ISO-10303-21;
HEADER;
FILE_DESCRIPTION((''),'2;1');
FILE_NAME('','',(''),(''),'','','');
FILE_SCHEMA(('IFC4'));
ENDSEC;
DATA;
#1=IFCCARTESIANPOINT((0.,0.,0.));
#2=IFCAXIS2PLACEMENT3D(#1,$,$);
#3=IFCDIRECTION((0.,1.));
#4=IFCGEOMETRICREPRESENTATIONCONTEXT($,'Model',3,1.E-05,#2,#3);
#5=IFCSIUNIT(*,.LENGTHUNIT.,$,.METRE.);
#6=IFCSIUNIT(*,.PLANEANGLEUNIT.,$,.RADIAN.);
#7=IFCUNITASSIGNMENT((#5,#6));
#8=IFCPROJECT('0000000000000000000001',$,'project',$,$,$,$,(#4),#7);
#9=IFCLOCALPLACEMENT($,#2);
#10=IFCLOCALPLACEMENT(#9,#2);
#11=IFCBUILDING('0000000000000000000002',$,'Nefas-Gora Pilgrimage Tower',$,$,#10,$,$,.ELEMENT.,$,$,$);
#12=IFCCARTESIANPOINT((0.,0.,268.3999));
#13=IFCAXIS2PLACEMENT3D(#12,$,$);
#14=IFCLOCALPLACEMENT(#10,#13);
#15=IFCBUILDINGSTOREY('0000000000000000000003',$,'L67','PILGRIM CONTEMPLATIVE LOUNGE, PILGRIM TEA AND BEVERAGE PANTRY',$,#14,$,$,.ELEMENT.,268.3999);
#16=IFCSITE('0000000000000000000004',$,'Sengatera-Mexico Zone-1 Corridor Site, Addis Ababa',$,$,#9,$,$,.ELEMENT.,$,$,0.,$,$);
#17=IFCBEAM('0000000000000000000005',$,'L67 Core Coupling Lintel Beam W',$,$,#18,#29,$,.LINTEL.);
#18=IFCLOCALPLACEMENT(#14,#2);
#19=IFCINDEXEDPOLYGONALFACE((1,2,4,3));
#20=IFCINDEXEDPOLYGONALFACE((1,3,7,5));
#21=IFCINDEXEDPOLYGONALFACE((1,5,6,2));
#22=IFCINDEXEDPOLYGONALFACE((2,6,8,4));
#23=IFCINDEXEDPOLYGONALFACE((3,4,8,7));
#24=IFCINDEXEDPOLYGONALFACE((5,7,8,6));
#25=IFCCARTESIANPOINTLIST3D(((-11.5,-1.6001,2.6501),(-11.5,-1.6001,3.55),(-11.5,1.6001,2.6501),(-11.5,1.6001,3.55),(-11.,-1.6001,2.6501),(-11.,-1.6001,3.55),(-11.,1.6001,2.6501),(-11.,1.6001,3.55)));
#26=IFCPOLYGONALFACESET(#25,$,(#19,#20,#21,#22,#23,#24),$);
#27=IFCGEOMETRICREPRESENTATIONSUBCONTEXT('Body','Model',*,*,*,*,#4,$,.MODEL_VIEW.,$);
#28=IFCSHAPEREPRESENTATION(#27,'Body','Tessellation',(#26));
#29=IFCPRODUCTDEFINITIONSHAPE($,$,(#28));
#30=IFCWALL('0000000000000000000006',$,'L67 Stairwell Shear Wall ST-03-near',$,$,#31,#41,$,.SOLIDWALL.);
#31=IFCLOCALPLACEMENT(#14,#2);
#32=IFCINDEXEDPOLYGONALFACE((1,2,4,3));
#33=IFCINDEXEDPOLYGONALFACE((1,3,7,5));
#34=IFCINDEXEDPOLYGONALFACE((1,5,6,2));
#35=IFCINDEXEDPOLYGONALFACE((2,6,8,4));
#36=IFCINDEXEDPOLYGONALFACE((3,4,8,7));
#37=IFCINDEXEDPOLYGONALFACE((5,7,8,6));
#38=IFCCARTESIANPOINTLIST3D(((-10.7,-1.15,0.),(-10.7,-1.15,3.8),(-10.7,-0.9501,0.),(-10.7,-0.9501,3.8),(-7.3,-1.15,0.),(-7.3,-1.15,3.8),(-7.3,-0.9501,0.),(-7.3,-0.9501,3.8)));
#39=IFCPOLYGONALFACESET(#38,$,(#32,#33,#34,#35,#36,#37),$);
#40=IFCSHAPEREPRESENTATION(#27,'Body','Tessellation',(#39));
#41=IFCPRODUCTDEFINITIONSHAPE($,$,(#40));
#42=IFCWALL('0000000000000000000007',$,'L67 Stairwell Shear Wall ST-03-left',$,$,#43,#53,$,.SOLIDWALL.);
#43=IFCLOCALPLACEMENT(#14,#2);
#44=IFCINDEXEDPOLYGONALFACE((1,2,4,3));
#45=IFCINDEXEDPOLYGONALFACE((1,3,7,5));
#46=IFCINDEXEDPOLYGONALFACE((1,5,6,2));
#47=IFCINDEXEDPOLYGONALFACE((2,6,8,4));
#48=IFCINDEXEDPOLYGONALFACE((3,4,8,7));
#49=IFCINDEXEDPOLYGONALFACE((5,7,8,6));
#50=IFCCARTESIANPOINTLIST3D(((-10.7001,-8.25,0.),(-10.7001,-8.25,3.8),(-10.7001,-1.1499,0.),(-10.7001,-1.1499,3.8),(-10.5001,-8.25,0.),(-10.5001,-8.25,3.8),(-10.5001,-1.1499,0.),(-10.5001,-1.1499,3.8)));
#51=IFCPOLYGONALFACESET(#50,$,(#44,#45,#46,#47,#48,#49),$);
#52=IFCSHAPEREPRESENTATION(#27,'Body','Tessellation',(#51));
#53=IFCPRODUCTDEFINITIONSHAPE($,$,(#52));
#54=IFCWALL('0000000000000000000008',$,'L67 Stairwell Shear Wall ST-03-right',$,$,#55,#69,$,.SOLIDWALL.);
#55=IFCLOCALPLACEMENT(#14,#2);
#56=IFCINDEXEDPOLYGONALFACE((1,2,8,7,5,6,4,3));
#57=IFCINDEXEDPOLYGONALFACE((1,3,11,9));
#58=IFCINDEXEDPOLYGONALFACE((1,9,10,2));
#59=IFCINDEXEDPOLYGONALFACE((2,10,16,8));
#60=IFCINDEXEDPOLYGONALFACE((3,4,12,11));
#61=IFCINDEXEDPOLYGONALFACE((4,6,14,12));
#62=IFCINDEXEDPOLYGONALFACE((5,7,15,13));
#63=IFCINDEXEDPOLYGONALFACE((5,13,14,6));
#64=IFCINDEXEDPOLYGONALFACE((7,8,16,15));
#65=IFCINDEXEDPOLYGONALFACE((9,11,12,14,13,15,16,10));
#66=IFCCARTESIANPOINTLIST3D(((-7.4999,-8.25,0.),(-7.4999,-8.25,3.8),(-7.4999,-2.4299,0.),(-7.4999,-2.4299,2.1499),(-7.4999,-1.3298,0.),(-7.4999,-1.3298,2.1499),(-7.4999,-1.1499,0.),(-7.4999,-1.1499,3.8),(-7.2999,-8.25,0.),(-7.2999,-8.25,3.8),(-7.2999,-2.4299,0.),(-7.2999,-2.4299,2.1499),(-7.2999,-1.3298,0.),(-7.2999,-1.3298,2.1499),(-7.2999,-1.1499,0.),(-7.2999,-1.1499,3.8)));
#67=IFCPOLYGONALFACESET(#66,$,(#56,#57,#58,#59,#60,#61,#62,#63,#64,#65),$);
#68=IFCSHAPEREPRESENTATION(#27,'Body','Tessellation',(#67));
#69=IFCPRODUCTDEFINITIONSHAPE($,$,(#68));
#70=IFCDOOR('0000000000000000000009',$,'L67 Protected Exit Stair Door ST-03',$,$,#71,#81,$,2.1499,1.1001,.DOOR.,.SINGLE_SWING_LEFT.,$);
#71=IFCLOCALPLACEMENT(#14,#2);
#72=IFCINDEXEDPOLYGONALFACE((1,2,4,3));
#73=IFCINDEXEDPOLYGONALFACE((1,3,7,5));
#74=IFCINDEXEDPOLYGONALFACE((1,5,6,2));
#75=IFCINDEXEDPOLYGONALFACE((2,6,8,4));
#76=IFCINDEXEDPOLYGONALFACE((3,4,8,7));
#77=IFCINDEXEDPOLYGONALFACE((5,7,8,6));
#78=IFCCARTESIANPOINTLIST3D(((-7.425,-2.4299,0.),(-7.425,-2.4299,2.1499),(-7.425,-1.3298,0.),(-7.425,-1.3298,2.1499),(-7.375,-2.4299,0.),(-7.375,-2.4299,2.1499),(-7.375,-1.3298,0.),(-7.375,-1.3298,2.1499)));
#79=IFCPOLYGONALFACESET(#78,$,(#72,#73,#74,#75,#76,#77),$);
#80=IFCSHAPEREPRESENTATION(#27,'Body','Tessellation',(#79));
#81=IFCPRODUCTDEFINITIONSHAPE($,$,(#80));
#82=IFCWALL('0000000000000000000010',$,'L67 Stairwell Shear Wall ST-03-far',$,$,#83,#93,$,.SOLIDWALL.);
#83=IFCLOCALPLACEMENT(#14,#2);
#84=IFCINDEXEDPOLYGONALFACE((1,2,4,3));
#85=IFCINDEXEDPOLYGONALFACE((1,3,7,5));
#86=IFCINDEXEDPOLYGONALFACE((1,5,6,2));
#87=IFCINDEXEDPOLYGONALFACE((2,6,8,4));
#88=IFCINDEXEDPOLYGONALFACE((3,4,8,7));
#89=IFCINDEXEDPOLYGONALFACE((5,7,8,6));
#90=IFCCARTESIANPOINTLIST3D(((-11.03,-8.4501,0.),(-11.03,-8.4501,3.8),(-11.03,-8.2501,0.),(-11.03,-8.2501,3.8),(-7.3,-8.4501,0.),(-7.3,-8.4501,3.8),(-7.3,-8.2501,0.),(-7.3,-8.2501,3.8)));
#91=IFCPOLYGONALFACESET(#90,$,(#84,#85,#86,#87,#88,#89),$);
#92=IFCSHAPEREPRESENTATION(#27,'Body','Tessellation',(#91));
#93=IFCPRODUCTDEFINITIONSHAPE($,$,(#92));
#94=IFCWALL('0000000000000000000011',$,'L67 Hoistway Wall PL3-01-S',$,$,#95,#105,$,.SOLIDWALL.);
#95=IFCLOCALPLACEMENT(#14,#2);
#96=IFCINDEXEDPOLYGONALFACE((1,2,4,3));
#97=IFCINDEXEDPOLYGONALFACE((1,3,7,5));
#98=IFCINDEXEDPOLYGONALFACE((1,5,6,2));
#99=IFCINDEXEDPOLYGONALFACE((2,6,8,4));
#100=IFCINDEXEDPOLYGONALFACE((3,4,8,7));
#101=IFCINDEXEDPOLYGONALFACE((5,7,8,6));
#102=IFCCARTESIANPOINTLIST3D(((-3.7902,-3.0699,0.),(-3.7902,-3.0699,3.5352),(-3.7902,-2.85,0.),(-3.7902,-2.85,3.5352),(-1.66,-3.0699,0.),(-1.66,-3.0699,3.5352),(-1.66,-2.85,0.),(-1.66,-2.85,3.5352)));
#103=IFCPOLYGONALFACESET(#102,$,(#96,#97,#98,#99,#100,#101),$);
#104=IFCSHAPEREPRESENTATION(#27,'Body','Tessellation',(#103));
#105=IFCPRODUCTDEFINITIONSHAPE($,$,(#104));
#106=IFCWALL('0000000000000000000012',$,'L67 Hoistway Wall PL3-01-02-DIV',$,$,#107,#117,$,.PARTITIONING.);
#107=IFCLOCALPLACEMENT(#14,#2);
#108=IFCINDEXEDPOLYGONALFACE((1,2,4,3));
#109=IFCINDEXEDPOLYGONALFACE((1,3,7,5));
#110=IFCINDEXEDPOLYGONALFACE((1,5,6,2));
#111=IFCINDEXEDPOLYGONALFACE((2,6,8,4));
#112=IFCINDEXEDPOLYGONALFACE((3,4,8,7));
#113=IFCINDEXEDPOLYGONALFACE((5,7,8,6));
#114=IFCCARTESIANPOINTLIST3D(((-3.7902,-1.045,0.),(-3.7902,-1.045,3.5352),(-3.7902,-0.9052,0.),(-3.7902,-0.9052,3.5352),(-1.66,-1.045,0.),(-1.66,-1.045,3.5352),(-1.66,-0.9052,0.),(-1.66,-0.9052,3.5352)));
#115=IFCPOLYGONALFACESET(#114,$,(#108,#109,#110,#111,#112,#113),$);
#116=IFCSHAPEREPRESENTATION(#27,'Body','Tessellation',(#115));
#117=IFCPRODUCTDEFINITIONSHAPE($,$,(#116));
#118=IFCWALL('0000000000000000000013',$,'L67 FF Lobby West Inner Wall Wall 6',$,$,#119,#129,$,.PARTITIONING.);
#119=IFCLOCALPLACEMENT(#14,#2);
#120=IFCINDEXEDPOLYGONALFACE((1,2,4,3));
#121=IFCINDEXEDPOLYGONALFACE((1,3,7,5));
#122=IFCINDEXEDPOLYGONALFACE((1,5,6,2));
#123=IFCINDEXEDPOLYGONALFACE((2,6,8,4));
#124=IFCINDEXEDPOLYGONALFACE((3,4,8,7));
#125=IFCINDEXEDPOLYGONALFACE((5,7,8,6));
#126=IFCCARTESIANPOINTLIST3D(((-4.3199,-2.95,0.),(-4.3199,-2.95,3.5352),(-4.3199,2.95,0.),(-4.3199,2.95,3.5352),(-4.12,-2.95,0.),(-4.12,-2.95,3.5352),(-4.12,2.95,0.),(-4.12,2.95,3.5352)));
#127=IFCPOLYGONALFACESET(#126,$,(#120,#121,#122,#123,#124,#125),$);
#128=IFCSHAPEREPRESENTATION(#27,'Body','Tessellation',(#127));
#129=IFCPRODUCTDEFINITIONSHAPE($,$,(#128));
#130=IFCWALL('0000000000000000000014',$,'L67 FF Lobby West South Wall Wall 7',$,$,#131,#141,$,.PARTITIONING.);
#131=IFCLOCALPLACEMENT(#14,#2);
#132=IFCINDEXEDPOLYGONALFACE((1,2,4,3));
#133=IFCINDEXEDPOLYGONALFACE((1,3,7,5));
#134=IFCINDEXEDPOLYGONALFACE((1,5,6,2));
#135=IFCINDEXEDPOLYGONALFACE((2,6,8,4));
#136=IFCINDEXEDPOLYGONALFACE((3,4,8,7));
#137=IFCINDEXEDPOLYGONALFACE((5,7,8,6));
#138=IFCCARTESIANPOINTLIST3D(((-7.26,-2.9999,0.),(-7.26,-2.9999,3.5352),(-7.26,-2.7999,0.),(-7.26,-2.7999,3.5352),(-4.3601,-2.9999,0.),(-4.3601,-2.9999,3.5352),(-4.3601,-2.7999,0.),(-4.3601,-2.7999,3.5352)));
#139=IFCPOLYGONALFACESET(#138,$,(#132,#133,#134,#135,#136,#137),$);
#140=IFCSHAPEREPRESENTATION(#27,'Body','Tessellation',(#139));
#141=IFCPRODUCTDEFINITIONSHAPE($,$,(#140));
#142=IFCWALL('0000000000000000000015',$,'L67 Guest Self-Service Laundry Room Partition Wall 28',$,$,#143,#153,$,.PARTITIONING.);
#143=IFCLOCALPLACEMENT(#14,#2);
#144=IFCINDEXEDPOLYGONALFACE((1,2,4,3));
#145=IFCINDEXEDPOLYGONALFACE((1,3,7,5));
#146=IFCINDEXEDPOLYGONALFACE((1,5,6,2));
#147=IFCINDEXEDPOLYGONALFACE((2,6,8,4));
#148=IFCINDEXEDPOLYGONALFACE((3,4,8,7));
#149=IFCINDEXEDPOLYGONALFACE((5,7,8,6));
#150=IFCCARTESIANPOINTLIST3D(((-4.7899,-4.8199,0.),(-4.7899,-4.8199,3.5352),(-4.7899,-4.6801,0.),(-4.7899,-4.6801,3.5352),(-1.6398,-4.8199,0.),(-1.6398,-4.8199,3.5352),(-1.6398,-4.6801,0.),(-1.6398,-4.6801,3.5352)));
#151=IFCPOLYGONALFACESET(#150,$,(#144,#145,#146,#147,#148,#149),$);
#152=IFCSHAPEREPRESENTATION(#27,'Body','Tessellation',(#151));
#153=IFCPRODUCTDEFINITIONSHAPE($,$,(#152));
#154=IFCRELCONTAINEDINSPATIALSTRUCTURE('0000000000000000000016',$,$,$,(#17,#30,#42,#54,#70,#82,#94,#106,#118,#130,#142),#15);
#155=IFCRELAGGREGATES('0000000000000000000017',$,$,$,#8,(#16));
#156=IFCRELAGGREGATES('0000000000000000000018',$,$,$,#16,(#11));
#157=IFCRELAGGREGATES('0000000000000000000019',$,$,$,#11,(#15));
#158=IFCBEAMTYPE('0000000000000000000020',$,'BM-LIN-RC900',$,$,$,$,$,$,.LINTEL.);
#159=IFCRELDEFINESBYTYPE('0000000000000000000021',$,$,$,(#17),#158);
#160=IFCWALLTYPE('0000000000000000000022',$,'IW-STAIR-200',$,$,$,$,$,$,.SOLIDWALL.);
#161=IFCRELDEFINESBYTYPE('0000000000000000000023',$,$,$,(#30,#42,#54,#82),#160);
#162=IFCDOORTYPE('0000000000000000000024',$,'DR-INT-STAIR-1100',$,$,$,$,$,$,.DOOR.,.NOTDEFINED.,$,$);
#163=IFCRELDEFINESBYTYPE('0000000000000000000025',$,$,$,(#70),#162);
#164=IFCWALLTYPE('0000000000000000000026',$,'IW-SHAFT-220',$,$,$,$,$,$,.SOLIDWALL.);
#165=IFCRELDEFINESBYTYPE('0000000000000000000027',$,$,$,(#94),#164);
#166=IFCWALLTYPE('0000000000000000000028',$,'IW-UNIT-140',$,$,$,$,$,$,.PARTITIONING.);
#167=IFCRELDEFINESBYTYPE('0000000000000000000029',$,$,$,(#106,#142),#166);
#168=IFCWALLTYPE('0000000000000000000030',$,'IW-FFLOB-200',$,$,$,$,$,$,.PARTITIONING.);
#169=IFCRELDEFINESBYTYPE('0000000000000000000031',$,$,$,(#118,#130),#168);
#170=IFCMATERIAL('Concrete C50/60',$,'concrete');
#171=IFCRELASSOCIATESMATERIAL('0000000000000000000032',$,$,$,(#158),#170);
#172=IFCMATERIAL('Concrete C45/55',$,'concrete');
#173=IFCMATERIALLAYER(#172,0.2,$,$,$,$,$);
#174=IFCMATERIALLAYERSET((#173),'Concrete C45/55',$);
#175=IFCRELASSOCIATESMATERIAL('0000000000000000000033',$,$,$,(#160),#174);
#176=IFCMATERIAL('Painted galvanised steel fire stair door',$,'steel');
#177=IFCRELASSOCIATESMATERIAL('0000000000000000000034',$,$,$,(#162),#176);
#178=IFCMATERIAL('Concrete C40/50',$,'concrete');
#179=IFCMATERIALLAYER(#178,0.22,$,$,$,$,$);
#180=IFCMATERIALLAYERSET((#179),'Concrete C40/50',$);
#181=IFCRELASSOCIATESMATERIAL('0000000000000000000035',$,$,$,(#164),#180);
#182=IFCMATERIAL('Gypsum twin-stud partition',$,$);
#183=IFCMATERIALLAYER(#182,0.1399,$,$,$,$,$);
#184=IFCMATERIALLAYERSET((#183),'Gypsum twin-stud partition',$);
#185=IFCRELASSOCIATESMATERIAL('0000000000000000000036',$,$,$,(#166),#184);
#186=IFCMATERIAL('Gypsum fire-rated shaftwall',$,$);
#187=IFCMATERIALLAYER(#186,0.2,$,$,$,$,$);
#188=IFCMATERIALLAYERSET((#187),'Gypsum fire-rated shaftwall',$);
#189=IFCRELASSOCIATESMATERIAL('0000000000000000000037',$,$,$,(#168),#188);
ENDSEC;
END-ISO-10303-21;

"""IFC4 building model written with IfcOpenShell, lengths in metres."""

from ifc_helpers import new_model, si_unit, direction, frame, frame_2d, origin, origin_2d, place, context, subcontext, project, spatial, rectangle, extrude, source, transform, mapped, material, layer, layer_set, material_profile, profile_set, type_object, element, fill, save


model = new_model("IFC4")

# Units and contexts
model_context = context("Model", 3, precision=1e-05, world=origin(), true_north=direction((0.0, 1.0)))
body_context = subcontext(model_context, "Body", "Model", "MODEL_VIEW")
ifc_project = project(units=[si_unit("LENGTHUNIT", "METRE"), si_unit("PLANEANGLEUNIT", "RADIAN")], contexts=[model_context])

# Site, building, storey
site_placement = place(None, origin())
site = spatial("IfcSite", under=ifc_project, at=site_placement, Name="Sengatera-Mexico Zone-1 Corridor Site, Addis Ababa", CompositionType="ELEMENT", RefElevation=0.0)
building_placement = place(site_placement, origin())
building = spatial("IfcBuilding", under=site, at=building_placement, Name="Nefas-Gora Pilgrimage Tower", CompositionType="ELEMENT")
storey_placement = place(building_placement, frame((0.0, 0.0, 268.3999)))
storey = spatial("IfcBuildingStorey", under=building, at=storey_placement, Name="L67", Description="PILGRIM CONTEMPLATIVE LOUNGE, PILGRIM TEA AND BEVERAGE PANTRY", CompositionType="ELEMENT", Elevation=268.3999)

# Beam
ifc_material_1 = material(Name="Concrete C50/60", Category="concrete")
ifc_material_profile = material_profile(ifc_material_1, rectangle(XDim=0.5, YDim=0.8999, at=origin_2d()), Name="RC 500x900")
ifc_profile_set = profile_set([ifc_material_profile], Name="Concrete C50/60")
beam_type = type_object("IfcBeamType", Name="BM-LIN-RC900", PredefinedType="LINTEL", material=ifc_profile_set)
shared_shape_1 = source(origin(), body_context, "Body", "SweptSolid", [
    extrude(rectangle(XDim=0.5, YDim=0.8999, at=origin_2d()), origin(), (0.0, 0.0, 1.0), 3.2002),
])
beam_placement = place(storey_placement, frame((-11.25, -1.6001, 3.1001), z_axis=(0.0, 1.0, 0.0), x_axis=(-1.0, 0.0, 0.0)))
element("IfcBeam", 1, at=beam_placement, inside=storey, type_object=beam_type, Name="L67 Core Coupling Lintel Beam W", PredefinedType="LINTEL", context=body_context, shape_type="MappedRepresentation", body=[
    mapped(shared_shape_1, transform((0.0, 0.0, 0.0), x_axis=(1.0, 0.0, 0.0), y_axis=(0.0, 1.0, 0.0), z_axis=(0.0, 0.0, 1.0), scale=1.0)),
])

# Walls
ifc_material_2 = material(Name="Concrete C45/55", Category="concrete")
ifc_layer_1 = layer(ifc_material_2, 0.2)
ifc_layer_set_1 = layer_set([ifc_layer_1], Name="Concrete C45/55")
wall_type_1 = type_object("IfcWallType", Name="IW-STAIR-200", PredefinedType="SOLIDWALL", material=ifc_layer_set_1)
shared_shape_2 = source(origin(), body_context, "Body", "SweptSolid", [
    extrude(rectangle(XDim=3.3999, YDim=0.2, at=frame_2d((1.7, 0.0))), origin(), (0.0, 0.0, 1.0), 3.8),
])
wall_1_placement = place(storey_placement, frame((-10.7, -1.05, 0.0), z_axis=(0.0, 0.0, 1.0), x_axis=(1.0, 0.0, 0.0)))
element("IfcWall", 2, at=wall_1_placement, inside=storey, type_object=wall_type_1, Name="L67 Stairwell Shear Wall ST-03-near", PredefinedType="SOLIDWALL", context=body_context, shape_type="MappedRepresentation", body=[
    mapped(shared_shape_2, transform((0.0, 0.0, 0.0), x_axis=(1.0, 0.0, 0.0), y_axis=(0.0, 1.0, 0.0), z_axis=(0.0, 0.0, 1.0), scale=1.0)),
])
shared_shape_3 = source(origin(), body_context, "Body", "SweptSolid", [
    extrude(rectangle(XDim=7.1001, YDim=0.2, at=frame_2d((3.55, 0.0))), origin(), (0.0, 0.0, 1.0), 3.8),
])
wall_2_placement = place(storey_placement, frame((-10.6001, -1.1499, 0.0), z_axis=(0.0, 0.0, 1.0), x_axis=(0.0, -1.0, 0.0)))
element("IfcWall", 3, at=wall_2_placement, inside=storey, type_object=wall_type_1, Name="L67 Stairwell Shear Wall ST-03-left", PredefinedType="SOLIDWALL", context=body_context, shape_type="MappedRepresentation", body=[
    mapped(shared_shape_3, transform((0.0, 0.0, 0.0), x_axis=(1.0, 0.0, 0.0), y_axis=(0.0, 1.0, 0.0), z_axis=(0.0, 0.0, 1.0), scale=1.0)),
])

# Wall, opening, door
wall_3_placement = place(storey_placement, frame((-7.3999, -1.1499, 0.0), z_axis=(0.0, 0.0, 1.0), x_axis=(0.0, -1.0, 0.0)))
wall_3 = element("IfcWall", 4, at=wall_3_placement, inside=storey, type_object=wall_type_1, Name="L67 Stairwell Shear Wall ST-03-right", PredefinedType="SOLIDWALL", context=body_context, shape_type="MappedRepresentation", body=[
    mapped(shared_shape_3, transform((0.0, 0.0, 0.0), x_axis=(1.0, 0.0, 0.0), y_axis=(0.0, 1.0, 0.0), z_axis=(0.0, 0.0, 1.0), scale=1.0)),
])
opening_placement = place(wall_3_placement, frame((0.1799, 0.0, 0.0)))
opening = element("IfcOpeningElement", 5, at=opening_placement, cuts=wall_3, PredefinedType="OPENING", context=body_context, shape_type="SweptSolid", body=[
    extrude(rectangle(XDim=1.1001, YDim=2.1499, at=frame_2d((0.55, 1.075))), frame((0.0, 0.1099, 0.0), z_axis=(0.0, -1.0, 0.0), x_axis=(1.0, 0.0, 0.0)), (0.0, 0.0, 1.0), 0.22),
])
ifc_material_3 = material(Name="Painted galvanised steel fire stair door", Category="steel")
door_type = type_object("IfcDoorType", Name="DR-INT-STAIR-1100", OperationType="NOTDEFINED", PredefinedType="DOOR", material=ifc_material_3)
shared_shape_4 = source(origin(), body_context, "Body", "SweptSolid", [
    extrude(rectangle(XDim=1.1001, YDim=2.1499, at=frame_2d((0.55, 1.075))), frame((0.0, 0.0249, 0.0), z_axis=(0.0, -1.0, 0.0), x_axis=(1.0, 0.0, 0.0)), (0.0, 0.0, 1.0), 0.05),
])
door_placement = place(opening_placement, origin())
door = element("IfcDoor", 6, at=door_placement, inside=storey, type_object=door_type, Name="L67 Protected Exit Stair Door ST-03", OperationType="SINGLE_SWING_LEFT", OverallHeight=2.1499, OverallWidth=1.1001, PredefinedType="DOOR", context=body_context, shape_type="MappedRepresentation", body=[
    mapped(shared_shape_4, transform((0.0, 0.0, 0.0), x_axis=(1.0, 0.0, 0.0), y_axis=(0.0, 1.0, 0.0), z_axis=(0.0, 0.0, 1.0), scale=1.0)),
])
fill(opening, door)

# Walls
shared_shape_5 = source(origin(), body_context, "Body", "SweptSolid", [
    extrude(rectangle(XDim=3.73, YDim=0.2, at=frame_2d((1.865, 0.0))), origin(), (0.0, 0.0, 1.0), 3.8),
])
wall_4_placement = place(storey_placement, frame((-11.03, -8.3501, 0.0), z_axis=(0.0, 0.0, 1.0), x_axis=(1.0, 0.0, 0.0)))
element("IfcWall", 7, at=wall_4_placement, inside=storey, type_object=wall_type_1, Name="L67 Stairwell Shear Wall ST-03-far", PredefinedType="SOLIDWALL", context=body_context, shape_type="MappedRepresentation", body=[
    mapped(shared_shape_5, transform((0.0, 0.0, 0.0), x_axis=(1.0, 0.0, 0.0), y_axis=(0.0, 1.0, 0.0), z_axis=(0.0, 0.0, 1.0), scale=1.0)),
])
ifc_material_4 = material(Name="Concrete C40/50", Category="concrete")
ifc_layer_2 = layer(ifc_material_4, 0.22)
ifc_layer_set_2 = layer_set([ifc_layer_2], Name="Concrete C40/50")
wall_type_2 = type_object("IfcWallType", Name="IW-SHAFT-220", PredefinedType="SOLIDWALL", material=ifc_layer_set_2)
shared_shape_6 = source(origin(), body_context, "Body", "SweptSolid", [
    extrude(rectangle(XDim=2.1301, YDim=0.22, at=frame_2d((1.0649, 0.0))), origin(), (0.0, 0.0, 1.0), 3.5352),
])
wall_5_placement = place(storey_placement, frame((-3.79, -2.96, 0.0), z_axis=(0.0, 0.0, 1.0), x_axis=(1.0, 0.0, 0.0)))
element("IfcWall", 8, at=wall_5_placement, inside=storey, type_object=wall_type_2, Name="L67 Hoistway Wall PL3-01-S", PredefinedType="SOLIDWALL", context=body_context, shape_type="MappedRepresentation", body=[
    mapped(shared_shape_6, transform((0.0, 0.0, 0.0), x_axis=(1.0, 0.0, 0.0), y_axis=(0.0, 1.0, 0.0), z_axis=(0.0, 0.0, 1.0), scale=1.0)),
])
ifc_material_5 = material(Name="Gypsum twin-stud partition")
ifc_layer_3 = layer(ifc_material_5, 0.1399)
ifc_layer_set_3 = layer_set([ifc_layer_3], Name="Gypsum twin-stud partition")
wall_type_3 = type_object("IfcWallType", Name="IW-UNIT-140", PredefinedType="PARTITIONING", material=ifc_layer_set_3)
shared_shape_7 = source(origin(), body_context, "Body", "SweptSolid", [
    extrude(rectangle(XDim=2.1301, YDim=0.1399, at=frame_2d((1.0649, 0.0))), origin(), (0.0, 0.0, 1.0), 3.5352),
])
wall_6_placement = place(storey_placement, frame((-3.79, -0.9751, 0.0), z_axis=(0.0, 0.0, 1.0), x_axis=(1.0, 0.0, 0.0)))
element("IfcWall", 9, at=wall_6_placement, inside=storey, type_object=wall_type_3, Name="L67 Hoistway Wall PL3-01-02-DIV", PredefinedType="PARTITIONING", context=body_context, shape_type="MappedRepresentation", body=[
    mapped(shared_shape_7, transform((0.0, 0.0, 0.0), x_axis=(1.0, 0.0, 0.0), y_axis=(0.0, 1.0, 0.0), z_axis=(0.0, 0.0, 1.0), scale=1.0)),
])
ifc_material_6 = material(Name="Gypsum fire-rated shaftwall")
ifc_layer_4 = layer(ifc_material_6, 0.2)
ifc_layer_set_4 = layer_set([ifc_layer_4], Name="Gypsum fire-rated shaftwall")
wall_type_4 = type_object("IfcWallType", Name="IW-FFLOB-200", PredefinedType="PARTITIONING", material=ifc_layer_set_4)
shared_shape_8 = source(origin(), body_context, "Body", "SweptSolid", [
    extrude(rectangle(XDim=5.8999, YDim=0.2, at=frame_2d((2.95, 0.0))), origin(), (0.0, 0.0, 1.0), 3.5352),
])
wall_7_placement = place(storey_placement, frame((-4.22, -2.95, 0.0), z_axis=(0.0, 0.0, 1.0), x_axis=(0.0, 1.0, 0.0)))
element("IfcWall", 10, at=wall_7_placement, inside=storey, type_object=wall_type_4, Name="L67 FF Lobby West Inner Wall Wall 6", PredefinedType="PARTITIONING", context=body_context, shape_type="MappedRepresentation", body=[
    mapped(shared_shape_8, transform((0.0, 0.0, 0.0), x_axis=(1.0, 0.0, 0.0), y_axis=(0.0, 1.0, 0.0), z_axis=(0.0, 0.0, 1.0), scale=1.0)),
])
shared_shape_9 = source(origin(), body_context, "Body", "SweptSolid", [
    extrude(rectangle(XDim=2.8999, YDim=0.2, at=frame_2d((1.45, 0.0))), origin(), (0.0, 0.0, 1.0), 3.5352),
])
wall_8_placement = place(storey_placement, frame((-7.26, -2.8999, 0.0), z_axis=(0.0, 0.0, 1.0), x_axis=(1.0, 0.0, 0.0)))
element("IfcWall", 11, at=wall_8_placement, inside=storey, type_object=wall_type_4, Name="L67 FF Lobby West South Wall Wall 7", PredefinedType="PARTITIONING", context=body_context, shape_type="MappedRepresentation", body=[
    mapped(shared_shape_9, transform((0.0, 0.0, 0.0), x_axis=(1.0, 0.0, 0.0), y_axis=(0.0, 1.0, 0.0), z_axis=(0.0, 0.0, 1.0), scale=1.0)),
])
shared_shape_10 = source(origin(), body_context, "Body", "SweptSolid", [
    extrude(rectangle(XDim=3.1501, YDim=0.1399, at=frame_2d((1.5752, 0.0))), origin(), (0.0, 0.0, 1.0), 3.5352),
])
wall_9_placement = place(storey_placement, frame((-4.79, -4.75, 0.0), z_axis=(0.0, 0.0, 1.0), x_axis=(1.0, 0.0, 0.0)))
element("IfcWall", 12, at=wall_9_placement, inside=storey, type_object=wall_type_3, Name="L67 Guest Self-Service Laundry Room Partition Wall 28", PredefinedType="PARTITIONING", context=body_context, shape_type="MappedRepresentation", body=[
    mapped(shared_shape_10, transform((0.0, 0.0, 0.0), x_axis=(1.0, 0.0, 0.0), y_axis=(0.0, 1.0, 0.0), z_axis=(0.0, 0.0, 1.0), scale=1.0)),
])

save(model, "model.ifc")
